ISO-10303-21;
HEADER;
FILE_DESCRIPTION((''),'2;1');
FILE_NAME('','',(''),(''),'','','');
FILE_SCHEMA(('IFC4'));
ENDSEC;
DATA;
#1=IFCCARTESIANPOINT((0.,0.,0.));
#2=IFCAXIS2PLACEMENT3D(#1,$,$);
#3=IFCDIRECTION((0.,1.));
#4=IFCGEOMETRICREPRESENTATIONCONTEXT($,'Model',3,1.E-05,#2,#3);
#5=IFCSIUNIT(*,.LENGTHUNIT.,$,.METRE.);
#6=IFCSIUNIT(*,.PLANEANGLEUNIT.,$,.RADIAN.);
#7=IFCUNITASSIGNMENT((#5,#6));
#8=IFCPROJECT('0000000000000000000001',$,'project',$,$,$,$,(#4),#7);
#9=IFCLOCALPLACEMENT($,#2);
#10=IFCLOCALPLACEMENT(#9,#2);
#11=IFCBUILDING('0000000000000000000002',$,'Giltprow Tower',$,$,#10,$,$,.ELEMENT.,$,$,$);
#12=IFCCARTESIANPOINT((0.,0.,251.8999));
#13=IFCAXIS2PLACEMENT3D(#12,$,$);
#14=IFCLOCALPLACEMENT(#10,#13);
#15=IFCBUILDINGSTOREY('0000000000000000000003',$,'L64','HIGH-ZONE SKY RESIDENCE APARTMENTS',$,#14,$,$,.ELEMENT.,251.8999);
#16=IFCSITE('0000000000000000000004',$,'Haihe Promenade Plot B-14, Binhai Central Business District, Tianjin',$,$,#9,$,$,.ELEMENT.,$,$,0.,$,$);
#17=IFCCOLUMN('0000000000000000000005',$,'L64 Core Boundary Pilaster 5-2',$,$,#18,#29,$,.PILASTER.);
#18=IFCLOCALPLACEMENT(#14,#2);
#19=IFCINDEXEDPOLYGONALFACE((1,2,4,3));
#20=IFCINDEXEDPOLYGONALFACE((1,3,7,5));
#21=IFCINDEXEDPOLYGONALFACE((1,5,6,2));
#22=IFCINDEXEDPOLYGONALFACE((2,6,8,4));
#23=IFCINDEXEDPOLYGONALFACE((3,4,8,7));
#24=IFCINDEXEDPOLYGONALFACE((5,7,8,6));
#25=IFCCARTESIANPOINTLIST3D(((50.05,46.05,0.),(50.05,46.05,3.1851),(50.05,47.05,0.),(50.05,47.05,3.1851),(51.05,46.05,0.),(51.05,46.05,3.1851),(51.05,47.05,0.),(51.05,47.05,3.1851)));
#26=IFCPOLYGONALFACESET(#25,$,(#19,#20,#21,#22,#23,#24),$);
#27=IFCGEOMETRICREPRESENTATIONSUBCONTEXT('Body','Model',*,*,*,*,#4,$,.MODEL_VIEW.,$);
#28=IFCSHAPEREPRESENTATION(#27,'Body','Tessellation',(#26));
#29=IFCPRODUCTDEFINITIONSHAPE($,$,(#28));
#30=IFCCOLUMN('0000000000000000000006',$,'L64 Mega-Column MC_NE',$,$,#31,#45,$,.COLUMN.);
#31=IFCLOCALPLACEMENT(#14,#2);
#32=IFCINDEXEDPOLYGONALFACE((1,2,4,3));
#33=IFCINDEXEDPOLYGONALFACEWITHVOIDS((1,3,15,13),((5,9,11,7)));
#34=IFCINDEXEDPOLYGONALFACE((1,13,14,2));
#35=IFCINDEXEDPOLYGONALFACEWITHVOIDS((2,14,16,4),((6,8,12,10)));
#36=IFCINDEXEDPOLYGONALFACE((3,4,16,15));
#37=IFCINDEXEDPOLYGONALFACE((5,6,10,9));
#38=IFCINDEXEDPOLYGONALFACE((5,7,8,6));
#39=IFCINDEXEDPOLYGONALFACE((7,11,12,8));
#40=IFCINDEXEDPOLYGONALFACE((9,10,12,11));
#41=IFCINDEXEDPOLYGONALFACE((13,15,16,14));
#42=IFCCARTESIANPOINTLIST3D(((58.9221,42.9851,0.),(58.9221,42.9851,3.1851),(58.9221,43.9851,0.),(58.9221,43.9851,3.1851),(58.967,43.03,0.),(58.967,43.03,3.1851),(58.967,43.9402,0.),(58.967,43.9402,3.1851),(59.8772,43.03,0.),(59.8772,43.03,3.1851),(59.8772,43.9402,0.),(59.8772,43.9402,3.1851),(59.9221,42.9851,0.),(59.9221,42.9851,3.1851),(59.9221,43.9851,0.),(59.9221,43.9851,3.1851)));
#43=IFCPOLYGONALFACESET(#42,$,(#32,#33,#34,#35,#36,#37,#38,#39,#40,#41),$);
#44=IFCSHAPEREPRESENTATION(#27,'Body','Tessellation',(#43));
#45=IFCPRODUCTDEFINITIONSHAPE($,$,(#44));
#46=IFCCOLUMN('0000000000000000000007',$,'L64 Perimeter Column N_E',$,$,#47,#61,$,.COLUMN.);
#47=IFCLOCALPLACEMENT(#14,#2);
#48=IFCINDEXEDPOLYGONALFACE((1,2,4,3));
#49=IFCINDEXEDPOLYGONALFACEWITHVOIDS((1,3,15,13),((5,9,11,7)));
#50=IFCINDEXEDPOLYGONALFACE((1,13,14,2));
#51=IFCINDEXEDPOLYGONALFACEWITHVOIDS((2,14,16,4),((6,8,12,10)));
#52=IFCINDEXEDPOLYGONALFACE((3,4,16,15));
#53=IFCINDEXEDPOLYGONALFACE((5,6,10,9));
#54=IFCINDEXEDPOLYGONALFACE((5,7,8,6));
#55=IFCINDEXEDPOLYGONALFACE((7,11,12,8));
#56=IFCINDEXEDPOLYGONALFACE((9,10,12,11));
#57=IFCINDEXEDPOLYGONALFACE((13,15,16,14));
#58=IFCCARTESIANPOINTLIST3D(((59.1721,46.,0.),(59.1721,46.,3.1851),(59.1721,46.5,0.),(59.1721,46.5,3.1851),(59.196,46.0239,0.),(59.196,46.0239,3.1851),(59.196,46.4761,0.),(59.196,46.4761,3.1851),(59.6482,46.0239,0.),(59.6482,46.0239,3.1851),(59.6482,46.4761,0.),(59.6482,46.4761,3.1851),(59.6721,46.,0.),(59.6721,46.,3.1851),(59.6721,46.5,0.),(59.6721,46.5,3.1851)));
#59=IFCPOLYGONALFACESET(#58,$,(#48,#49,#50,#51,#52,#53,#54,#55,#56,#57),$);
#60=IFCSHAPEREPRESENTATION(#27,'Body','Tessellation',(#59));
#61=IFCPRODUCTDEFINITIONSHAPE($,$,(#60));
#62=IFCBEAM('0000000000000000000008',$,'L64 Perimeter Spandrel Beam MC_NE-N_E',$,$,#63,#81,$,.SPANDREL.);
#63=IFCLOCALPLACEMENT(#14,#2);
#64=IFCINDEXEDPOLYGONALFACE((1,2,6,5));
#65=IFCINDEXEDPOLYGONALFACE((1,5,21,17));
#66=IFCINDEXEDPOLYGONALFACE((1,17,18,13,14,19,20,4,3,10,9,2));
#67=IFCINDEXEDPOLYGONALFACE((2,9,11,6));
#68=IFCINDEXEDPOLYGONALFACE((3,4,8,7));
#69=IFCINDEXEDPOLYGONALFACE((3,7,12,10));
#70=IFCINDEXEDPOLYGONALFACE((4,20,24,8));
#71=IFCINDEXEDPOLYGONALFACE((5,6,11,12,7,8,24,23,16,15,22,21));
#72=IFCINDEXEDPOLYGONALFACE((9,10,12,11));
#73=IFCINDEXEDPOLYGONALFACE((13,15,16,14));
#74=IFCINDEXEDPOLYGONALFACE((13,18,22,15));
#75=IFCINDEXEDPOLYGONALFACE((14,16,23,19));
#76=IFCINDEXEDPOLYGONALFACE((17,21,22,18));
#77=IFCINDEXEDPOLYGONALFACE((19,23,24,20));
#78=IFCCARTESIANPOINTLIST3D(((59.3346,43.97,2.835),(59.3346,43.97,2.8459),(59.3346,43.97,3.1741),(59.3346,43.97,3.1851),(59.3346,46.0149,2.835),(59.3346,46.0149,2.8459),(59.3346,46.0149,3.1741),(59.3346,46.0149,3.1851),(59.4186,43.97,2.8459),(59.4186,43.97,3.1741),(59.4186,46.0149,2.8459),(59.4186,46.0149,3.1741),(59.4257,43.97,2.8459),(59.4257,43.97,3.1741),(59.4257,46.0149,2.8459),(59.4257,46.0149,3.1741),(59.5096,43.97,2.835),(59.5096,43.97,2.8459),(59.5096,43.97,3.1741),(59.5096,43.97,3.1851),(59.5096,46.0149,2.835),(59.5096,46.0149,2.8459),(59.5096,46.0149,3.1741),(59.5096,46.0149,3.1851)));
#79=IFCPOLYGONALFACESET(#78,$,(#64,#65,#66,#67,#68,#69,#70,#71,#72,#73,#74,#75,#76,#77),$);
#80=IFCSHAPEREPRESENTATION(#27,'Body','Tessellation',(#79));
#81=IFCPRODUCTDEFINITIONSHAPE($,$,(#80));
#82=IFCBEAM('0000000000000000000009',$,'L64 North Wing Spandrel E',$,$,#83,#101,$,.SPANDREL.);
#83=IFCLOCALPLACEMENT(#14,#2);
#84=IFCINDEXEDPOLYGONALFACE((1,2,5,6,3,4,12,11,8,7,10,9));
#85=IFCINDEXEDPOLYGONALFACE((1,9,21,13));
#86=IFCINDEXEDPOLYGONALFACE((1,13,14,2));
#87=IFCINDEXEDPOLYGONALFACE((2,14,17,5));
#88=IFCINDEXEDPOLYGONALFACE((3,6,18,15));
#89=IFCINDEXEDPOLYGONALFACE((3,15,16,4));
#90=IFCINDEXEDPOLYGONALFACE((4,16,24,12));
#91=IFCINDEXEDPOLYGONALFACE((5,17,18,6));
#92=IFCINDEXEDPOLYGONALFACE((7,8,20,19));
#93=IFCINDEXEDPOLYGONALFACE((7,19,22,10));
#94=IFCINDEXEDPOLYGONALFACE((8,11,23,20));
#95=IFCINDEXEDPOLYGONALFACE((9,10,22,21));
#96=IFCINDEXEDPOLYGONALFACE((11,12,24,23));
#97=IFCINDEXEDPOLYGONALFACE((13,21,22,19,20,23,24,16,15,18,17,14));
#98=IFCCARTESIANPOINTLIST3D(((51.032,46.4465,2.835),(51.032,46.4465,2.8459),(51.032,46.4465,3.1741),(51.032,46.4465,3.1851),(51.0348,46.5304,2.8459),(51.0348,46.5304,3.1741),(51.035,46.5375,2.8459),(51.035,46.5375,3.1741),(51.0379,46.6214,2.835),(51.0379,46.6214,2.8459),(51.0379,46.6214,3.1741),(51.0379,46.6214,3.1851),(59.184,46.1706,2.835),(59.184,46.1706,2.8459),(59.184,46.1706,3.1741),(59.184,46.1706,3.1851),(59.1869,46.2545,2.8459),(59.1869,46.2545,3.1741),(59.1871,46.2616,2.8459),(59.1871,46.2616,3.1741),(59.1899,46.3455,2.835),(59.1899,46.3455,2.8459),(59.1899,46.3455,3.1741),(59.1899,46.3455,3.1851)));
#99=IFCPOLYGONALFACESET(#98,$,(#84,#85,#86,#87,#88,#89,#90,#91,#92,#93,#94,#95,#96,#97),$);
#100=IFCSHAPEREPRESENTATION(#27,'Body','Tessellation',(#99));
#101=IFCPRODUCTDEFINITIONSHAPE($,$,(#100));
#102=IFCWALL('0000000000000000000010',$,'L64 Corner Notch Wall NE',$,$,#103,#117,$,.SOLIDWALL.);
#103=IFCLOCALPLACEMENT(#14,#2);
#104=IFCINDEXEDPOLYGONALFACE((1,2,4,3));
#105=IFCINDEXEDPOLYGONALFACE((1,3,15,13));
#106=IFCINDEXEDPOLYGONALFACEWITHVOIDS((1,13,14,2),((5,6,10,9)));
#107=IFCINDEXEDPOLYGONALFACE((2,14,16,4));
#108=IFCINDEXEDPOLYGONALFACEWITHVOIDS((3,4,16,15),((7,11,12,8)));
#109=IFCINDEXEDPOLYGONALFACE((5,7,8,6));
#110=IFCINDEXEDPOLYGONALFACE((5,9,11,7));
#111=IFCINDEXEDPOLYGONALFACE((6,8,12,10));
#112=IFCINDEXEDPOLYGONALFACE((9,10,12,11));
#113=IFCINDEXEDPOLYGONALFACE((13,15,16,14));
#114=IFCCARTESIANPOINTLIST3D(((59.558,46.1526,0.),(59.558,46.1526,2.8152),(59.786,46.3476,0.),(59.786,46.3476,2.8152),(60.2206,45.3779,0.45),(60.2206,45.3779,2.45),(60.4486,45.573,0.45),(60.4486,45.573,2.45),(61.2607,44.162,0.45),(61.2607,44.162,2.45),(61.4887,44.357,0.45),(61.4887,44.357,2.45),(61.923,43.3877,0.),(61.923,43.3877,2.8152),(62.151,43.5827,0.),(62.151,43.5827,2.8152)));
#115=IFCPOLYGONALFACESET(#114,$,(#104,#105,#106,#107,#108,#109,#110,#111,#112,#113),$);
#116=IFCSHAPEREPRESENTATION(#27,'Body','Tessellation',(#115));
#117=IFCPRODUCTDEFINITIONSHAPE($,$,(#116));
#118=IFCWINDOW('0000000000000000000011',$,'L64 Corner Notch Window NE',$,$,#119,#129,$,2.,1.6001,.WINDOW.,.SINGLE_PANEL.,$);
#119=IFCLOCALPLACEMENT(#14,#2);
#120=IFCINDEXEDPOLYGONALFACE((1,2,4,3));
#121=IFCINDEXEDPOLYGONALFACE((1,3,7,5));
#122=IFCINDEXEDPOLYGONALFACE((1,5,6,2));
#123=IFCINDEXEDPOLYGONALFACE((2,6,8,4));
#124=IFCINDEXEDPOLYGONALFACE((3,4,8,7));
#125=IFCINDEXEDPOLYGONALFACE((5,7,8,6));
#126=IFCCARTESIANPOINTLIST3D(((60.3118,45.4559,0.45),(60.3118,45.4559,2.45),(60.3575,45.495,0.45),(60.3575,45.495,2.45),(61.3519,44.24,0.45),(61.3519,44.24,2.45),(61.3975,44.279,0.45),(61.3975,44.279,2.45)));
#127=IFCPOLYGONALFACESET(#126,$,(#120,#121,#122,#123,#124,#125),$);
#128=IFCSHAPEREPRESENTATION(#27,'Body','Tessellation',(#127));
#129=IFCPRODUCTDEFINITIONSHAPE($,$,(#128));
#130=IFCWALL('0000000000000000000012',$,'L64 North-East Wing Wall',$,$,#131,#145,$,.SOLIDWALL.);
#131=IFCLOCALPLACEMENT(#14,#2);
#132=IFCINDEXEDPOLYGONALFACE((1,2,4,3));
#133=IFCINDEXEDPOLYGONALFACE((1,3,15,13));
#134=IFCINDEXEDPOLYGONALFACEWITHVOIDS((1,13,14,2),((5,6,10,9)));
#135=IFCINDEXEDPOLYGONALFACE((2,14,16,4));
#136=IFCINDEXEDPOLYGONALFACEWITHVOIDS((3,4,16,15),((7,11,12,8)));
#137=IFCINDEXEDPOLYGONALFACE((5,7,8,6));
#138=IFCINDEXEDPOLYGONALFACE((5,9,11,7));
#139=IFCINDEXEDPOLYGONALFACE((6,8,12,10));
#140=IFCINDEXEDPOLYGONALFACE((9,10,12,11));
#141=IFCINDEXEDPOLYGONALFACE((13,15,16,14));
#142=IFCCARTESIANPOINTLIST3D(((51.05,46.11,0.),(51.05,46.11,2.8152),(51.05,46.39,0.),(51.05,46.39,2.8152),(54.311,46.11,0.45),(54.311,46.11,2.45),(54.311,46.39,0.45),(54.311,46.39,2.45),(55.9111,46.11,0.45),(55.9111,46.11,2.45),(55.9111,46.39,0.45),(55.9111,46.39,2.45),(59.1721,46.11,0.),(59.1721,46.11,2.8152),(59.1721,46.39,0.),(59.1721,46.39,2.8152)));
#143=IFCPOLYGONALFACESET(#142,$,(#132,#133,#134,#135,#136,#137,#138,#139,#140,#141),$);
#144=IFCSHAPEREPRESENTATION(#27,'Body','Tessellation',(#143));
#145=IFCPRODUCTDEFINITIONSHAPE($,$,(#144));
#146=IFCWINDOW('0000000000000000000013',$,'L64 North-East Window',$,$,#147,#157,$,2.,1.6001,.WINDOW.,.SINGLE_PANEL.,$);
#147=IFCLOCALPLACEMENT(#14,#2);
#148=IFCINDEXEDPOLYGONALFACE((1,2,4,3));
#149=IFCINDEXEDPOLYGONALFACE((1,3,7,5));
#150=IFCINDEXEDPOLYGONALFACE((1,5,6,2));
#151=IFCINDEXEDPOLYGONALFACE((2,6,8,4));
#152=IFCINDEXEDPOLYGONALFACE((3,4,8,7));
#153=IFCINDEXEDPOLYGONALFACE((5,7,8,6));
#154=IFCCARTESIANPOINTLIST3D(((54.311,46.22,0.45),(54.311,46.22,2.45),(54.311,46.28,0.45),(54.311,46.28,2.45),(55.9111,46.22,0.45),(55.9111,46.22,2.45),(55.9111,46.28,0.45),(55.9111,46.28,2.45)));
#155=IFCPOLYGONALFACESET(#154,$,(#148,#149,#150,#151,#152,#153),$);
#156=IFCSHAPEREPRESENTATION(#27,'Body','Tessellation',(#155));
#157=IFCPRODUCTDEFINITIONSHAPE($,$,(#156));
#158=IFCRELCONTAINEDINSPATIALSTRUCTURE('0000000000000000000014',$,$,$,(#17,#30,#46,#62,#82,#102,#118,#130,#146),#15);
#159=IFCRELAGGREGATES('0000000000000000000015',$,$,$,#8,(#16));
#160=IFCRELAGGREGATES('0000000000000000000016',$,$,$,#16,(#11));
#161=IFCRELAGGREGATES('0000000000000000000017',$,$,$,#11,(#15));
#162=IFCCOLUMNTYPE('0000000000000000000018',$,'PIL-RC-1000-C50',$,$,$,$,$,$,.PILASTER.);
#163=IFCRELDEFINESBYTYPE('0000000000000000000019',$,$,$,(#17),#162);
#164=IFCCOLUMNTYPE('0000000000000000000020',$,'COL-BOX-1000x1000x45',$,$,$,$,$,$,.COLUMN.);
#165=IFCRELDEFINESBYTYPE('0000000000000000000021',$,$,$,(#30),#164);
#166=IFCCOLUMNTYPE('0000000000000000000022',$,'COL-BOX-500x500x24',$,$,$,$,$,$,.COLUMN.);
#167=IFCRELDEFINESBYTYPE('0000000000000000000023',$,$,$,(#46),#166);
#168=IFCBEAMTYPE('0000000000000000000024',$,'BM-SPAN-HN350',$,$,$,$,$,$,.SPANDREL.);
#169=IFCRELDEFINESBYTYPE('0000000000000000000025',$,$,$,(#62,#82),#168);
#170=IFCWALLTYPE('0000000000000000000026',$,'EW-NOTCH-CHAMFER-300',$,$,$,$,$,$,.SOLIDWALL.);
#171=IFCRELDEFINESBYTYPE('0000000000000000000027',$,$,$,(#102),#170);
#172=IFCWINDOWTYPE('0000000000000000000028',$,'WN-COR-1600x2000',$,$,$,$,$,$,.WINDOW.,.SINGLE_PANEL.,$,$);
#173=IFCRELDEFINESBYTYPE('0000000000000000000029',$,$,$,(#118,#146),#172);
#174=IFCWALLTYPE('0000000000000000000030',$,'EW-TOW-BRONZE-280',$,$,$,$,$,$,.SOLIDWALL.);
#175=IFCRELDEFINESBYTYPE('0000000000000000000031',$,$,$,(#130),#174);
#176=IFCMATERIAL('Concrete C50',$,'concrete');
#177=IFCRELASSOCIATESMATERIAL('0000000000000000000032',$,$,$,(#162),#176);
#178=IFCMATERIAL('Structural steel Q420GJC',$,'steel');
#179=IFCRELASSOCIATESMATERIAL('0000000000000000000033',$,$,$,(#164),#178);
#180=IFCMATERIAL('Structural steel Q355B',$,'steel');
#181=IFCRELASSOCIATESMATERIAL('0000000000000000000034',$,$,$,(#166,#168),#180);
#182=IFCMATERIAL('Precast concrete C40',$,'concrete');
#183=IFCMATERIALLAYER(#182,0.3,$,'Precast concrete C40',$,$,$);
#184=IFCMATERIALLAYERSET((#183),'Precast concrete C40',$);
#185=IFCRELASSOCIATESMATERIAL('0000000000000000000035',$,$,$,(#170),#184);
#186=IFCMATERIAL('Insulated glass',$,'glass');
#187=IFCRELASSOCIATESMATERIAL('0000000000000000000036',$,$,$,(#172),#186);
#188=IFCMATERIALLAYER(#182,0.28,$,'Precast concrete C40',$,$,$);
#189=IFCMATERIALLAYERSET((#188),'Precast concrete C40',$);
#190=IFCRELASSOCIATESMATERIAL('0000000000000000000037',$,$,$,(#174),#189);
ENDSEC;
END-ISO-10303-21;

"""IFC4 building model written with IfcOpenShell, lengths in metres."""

from ifc_helpers import new_model, si_unit, direction, frame, frame_2d, origin, origin_2d, place, context, subcontext, project, spatial, rectangle, hollow_rectangle, i_section, extrude, source, transform, mapped, material, layer, layer_set, material_profile, profile_set, type_object, element, fill, save


model = new_model("IFC4")

# Units and contexts
model_context = context("Model", 3, precision=1e-05, world=origin(), true_north=direction((0.0, 1.0)))
body_context = subcontext(model_context, "Body", "Model", "MODEL_VIEW")
ifc_project = project(units=[si_unit("LENGTHUNIT", "METRE"), si_unit("PLANEANGLEUNIT", "RADIAN")], contexts=[model_context])

# Site, building, storey
site_placement = place(None, origin())
site = spatial("IfcSite", under=ifc_project, at=site_placement, Name="Haihe Promenade Plot B-14, Binhai Central Business District, Tianjin", CompositionType="ELEMENT", RefElevation=0.0)
building_placement = place(site_placement, origin())
building = spatial("IfcBuilding", under=site, at=building_placement, Name="Giltprow Tower", CompositionType="ELEMENT")
storey_placement = place(building_placement, frame((0.0, 0.0, 251.8999)))
storey = spatial("IfcBuildingStorey", under=building, at=storey_placement, Name="L64", Description="HIGH-ZONE SKY RESIDENCE APARTMENTS", CompositionType="ELEMENT", Elevation=251.8999)

# Columns
ifc_material_1 = material(Name="Concrete C50", Category="concrete")
ifc_material_profile_1 = material_profile(ifc_material_1, rectangle(XDim=1.0, YDim=1.0, at=origin_2d()), Name="RC 1000x1000")
ifc_profile_set_1 = profile_set([ifc_material_profile_1], Name="Concrete C50")
column_type_1 = type_object("IfcColumnType", Name="PIL-RC-1000-C50", PredefinedType="PILASTER", material=ifc_profile_set_1)
shared_shape_1 = source(origin(), body_context, "Body", "SweptSolid", [
    extrude(rectangle(XDim=1.0, YDim=1.0, at=origin_2d()), origin(), (0.0, 0.0, 1.0), 3.1851),
])
column_1_placement = place(storey_placement, frame((50.55, 46.55, 0.0), z_axis=(0.0, 0.0, 1.0), x_axis=(1.0, 0.0, 0.0)))
element("IfcColumn", 1, at=column_1_placement, inside=storey, type_object=column_type_1, Name="L64 Core Boundary Pilaster 5-2", PredefinedType="PILASTER", context=body_context, shape_type="MappedRepresentation", body=[
    mapped(shared_shape_1, transform((0.0, 0.0, 0.0), x_axis=(1.0, 0.0, 0.0), y_axis=(0.0, 1.0, 0.0), z_axis=(0.0, 0.0, 1.0), scale=1.0)),
])
ifc_material_2 = material(Name="Structural steel Q420GJC", Category="steel")
ifc_material_profile_2 = material_profile(ifc_material_2, hollow_rectangle(XDim=1.0, YDim=1.0, WallThickness=0.0449, at=origin_2d()), Name="BOX 1000x1000x45")
ifc_profile_set_2 = profile_set([ifc_material_profile_2], Name="Structural steel Q420GJC")
column_type_2 = type_object("IfcColumnType", Name="COL-BOX-1000x1000x45", PredefinedType="COLUMN", material=ifc_profile_set_2)
shared_shape_2 = source(origin(), body_context, "Body", "SweptSolid", [
    extrude(hollow_rectangle(XDim=1.0, YDim=1.0, WallThickness=0.0449, at=origin_2d()), origin(), (0.0, 0.0, 1.0), 3.1851),
])
column_2_placement = place(storey_placement, frame((59.4221, 43.4851, 0.0), z_axis=(0.0, 0.0, 1.0), x_axis=(1.0, 0.0, 0.0)))
element("IfcColumn", 2, at=column_2_placement, inside=storey, type_object=column_type_2, Name="L64 Mega-Column MC_NE", PredefinedType="COLUMN", context=body_context, shape_type="MappedRepresentation", body=[
    mapped(shared_shape_2, transform((0.0, 0.0, 0.0), x_axis=(1.0, 0.0, 0.0), y_axis=(0.0, 1.0, 0.0), z_axis=(0.0, 0.0, 1.0), scale=1.0)),
])
ifc_material_3 = material(Name="Structural steel Q355B", Category="steel")
ifc_material_profile_3 = material_profile(ifc_material_3, hollow_rectangle(XDim=0.5, YDim=0.5, WallThickness=0.0239, at=origin_2d()), Name="BOX 500x500x24")
ifc_profile_set_3 = profile_set([ifc_material_profile_3], Name="Structural steel Q355B")
column_type_3 = type_object("IfcColumnType", Name="COL-BOX-500x500x24", PredefinedType="COLUMN", material=ifc_profile_set_3)
shared_shape_3 = source(origin(), body_context, "Body", "SweptSolid", [
    extrude(hollow_rectangle(XDim=0.5, YDim=0.5, WallThickness=0.0239, at=origin_2d()), origin(), (0.0, 0.0, 1.0), 3.1851),
])
column_3_placement = place(storey_placement, frame((59.4221, 46.25, 0.0), z_axis=(0.0, 0.0, 1.0), x_axis=(1.0, 0.0, 0.0)))
element("IfcColumn", 3, at=column_3_placement, inside=storey, type_object=column_type_3, Name="L64 Perimeter Column N_E", PredefinedType="COLUMN", context=body_context, shape_type="MappedRepresentation", body=[
    mapped(shared_shape_3, transform((0.0, 0.0, 0.0), x_axis=(1.0, 0.0, 0.0), y_axis=(0.0, 1.0, 0.0), z_axis=(0.0, 0.0, 1.0), scale=1.0)),
])

# Beams
ifc_material_profile_4 = material_profile(ifc_material_3, i_section(OverallWidth=0.175, OverallDepth=0.3501, WebThickness=0.0071, FlangeThickness=0.011, at=origin_2d()), Name="HN 350x175x7x11")
ifc_profile_set_4 = profile_set([ifc_material_profile_4], Name="Structural steel Q355B")
beam_type = type_object("IfcBeamType", Name="BM-SPAN-HN350", PredefinedType="SPANDREL", material=ifc_profile_set_4)
shared_shape_4 = source(origin(), body_context, "Body", "SweptSolid", [
    extrude(i_section(OverallWidth=0.175, OverallDepth=0.3501, WebThickness=0.0071, FlangeThickness=0.011, at=origin_2d()), origin(), (0.0, 0.0, 1.0), 2.0449),
])
beam_1_placement = place(storey_placement, frame((59.4221, 43.97, 3.01), z_axis=(0.0, 1.0, 0.0), x_axis=(-1.0, 0.0, 0.0)))
element("IfcBeam", 4, at=beam_1_placement, inside=storey, type_object=beam_type, Name="L64 Perimeter Spandrel Beam MC_NE-N_E", PredefinedType="SPANDREL", context=body_context, shape_type="MappedRepresentation", body=[
    mapped(shared_shape_4, transform((0.0, 0.0, 0.0), x_axis=(1.0, 0.0, 0.0), y_axis=(0.0, 1.0, 0.0), z_axis=(0.0, 0.0, 1.0), scale=1.0)),
])
shared_shape_5 = source(origin(), body_context, "Body", "SweptSolid", [
    extrude(i_section(OverallWidth=0.175, OverallDepth=0.3501, WebThickness=0.0071, FlangeThickness=0.011, at=origin_2d()), origin(), (0.0, 0.0, 1.0), 8.1567),
])
beam_2_placement = place(storey_placement, frame((51.0349, 46.5339, 3.01), z_axis=(0.999428, -0.033822, 0.0), x_axis=(0.033822, 0.999428, 0.0)))
element("IfcBeam", 5, at=beam_2_placement, inside=storey, type_object=beam_type, Name="L64 North Wing Spandrel E", PredefinedType="SPANDREL", context=body_context, shape_type="MappedRepresentation", body=[
    mapped(shared_shape_5, transform((0.0, 0.0, 0.0), x_axis=(1.0, 0.0, 0.0), y_axis=(0.0, 1.0, 0.0), z_axis=(0.0, 0.0, 1.0), scale=1.0)),
])

# Walls, openings, windows
ifc_material_4 = material(Name="Precast concrete C40", Category="concrete")
ifc_layer_1 = layer(ifc_material_4, 0.3, Name="Precast concrete C40")
ifc_layer_set_1 = layer_set([ifc_layer_1], Name="Precast concrete C40")
wall_type_1 = type_object("IfcWallType", Name="EW-NOTCH-CHAMFER-300", PredefinedType="SOLIDWALL", material=ifc_layer_set_1)
wall_1_placement = place(storey_placement, frame((62.0371, 43.4851, 0.0), z_axis=(0.0, 0.0, 1.0), x_axis=(-0.650012, 0.759924, 0.0)))
wall_1 = element("IfcWall", 6, at=wall_1_placement, inside=storey, type_object=wall_type_1, Name="L64 Corner Notch Wall NE", PredefinedType="SOLIDWALL", context=body_context, shape_type="SweptSolid", body=[
    extrude(rectangle(XDim=3.6384, YDim=0.3, at=frame_2d((1.8193, 0.0))), origin(), (0.0, 0.0, 1.0), 2.8152),
])
opening_1_placement = place(wall_1_placement, frame((1.019, 0.0, 0.45)))
opening_1 = element("IfcOpeningElement", 7, at=opening_1_placement, cuts=wall_1, PredefinedType="OPENING", context=body_context, shape_type="SweptSolid", body=[
    extrude(rectangle(XDim=1.6001, YDim=2.0, at=frame_2d((0.8, 1.0))), frame((0.0, 0.1599, 0.0), z_axis=(0.0, -1.0, 0.0), x_axis=(1.0, 0.0, 0.0)), (0.0, 0.0, 1.0), 0.3201),
])
ifc_material_5 = material(Name="Insulated glass", Category="glass")
window_type = type_object("IfcWindowType", Name="WN-COR-1600x2000", PartitioningType="SINGLE_PANEL", PredefinedType="WINDOW", material=ifc_material_5)
shared_shape_6 = source(origin(), body_context, "Body", "SweptSolid", [
    extrude(rectangle(XDim=1.6001, YDim=2.0, at=frame_2d((0.8, 1.0))), frame((0.0, 0.03, 0.0), z_axis=(0.0, -1.0, 0.0), x_axis=(1.0, 0.0, 0.0)), (0.0, 0.0, 1.0), 0.0601),
])
window_1_placement = place(opening_1_placement, origin())
window_1 = element("IfcWindow", 8, at=window_1_placement, inside=storey, type_object=window_type, Name="L64 Corner Notch Window NE", OverallHeight=2.0, OverallWidth=1.6001, PartitioningType="SINGLE_PANEL", PredefinedType="WINDOW", context=body_context, shape_type="MappedRepresentation", body=[
    mapped(shared_shape_6, transform((0.0, 0.0, 0.0), x_axis=(1.0, 0.0, 0.0), y_axis=(0.0, 1.0, 0.0), z_axis=(0.0, 0.0, 1.0), scale=1.0)),
])
fill(opening_1, window_1)
ifc_layer_2 = layer(ifc_material_4, 0.28, Name="Precast concrete C40")
ifc_layer_set_2 = layer_set([ifc_layer_2], Name="Precast concrete C40")
wall_type_2 = type_object("IfcWallType", Name="EW-TOW-BRONZE-280", PredefinedType="SOLIDWALL", material=ifc_layer_set_2)
wall_2_placement = place(storey_placement, frame((51.05, 46.25, 0.0), z_axis=(0.0, 0.0, 1.0), x_axis=(1.0, 0.0, 0.0)))
wall_2 = element("IfcWall", 9, at=wall_2_placement, inside=storey, type_object=wall_type_2, Name="L64 North-East Wing Wall", PredefinedType="SOLIDWALL", context=body_context, shape_type="SweptSolid", body=[
    extrude(rectangle(XDim=8.1221, YDim=0.28, at=frame_2d((4.061, 0.0))), origin(), (0.0, 0.0, 1.0), 2.8152),
])
opening_2_placement = place(wall_2_placement, frame((3.261, 0.0, 0.45)))
opening_2 = element("IfcOpeningElement", 10, at=opening_2_placement, cuts=wall_2, PredefinedType="OPENING", context=body_context, shape_type="SweptSolid", body=[
    extrude(rectangle(XDim=1.6001, YDim=2.0, at=frame_2d((0.8, 1.0))), frame((0.0, 0.1499, 0.0), z_axis=(0.0, -1.0, 0.0), x_axis=(1.0, 0.0, 0.0)), (0.0, 0.0, 1.0), 0.3),
])
window_2_placement = place(opening_2_placement, origin())
window_2 = element("IfcWindow", 11, at=window_2_placement, inside=storey, type_object=window_type, Name="L64 North-East Window", OverallHeight=2.0, OverallWidth=1.6001, PartitioningType="SINGLE_PANEL", PredefinedType="WINDOW", context=body_context, shape_type="MappedRepresentation", body=[
    mapped(shared_shape_6, transform((0.0, 0.0, 0.0), x_axis=(1.0, 0.0, 0.0), y_axis=(0.0, 1.0, 0.0), z_axis=(0.0, 0.0, 1.0), scale=1.0)),
])
fill(opening_2, window_2)

save(model, "model.ifc")
